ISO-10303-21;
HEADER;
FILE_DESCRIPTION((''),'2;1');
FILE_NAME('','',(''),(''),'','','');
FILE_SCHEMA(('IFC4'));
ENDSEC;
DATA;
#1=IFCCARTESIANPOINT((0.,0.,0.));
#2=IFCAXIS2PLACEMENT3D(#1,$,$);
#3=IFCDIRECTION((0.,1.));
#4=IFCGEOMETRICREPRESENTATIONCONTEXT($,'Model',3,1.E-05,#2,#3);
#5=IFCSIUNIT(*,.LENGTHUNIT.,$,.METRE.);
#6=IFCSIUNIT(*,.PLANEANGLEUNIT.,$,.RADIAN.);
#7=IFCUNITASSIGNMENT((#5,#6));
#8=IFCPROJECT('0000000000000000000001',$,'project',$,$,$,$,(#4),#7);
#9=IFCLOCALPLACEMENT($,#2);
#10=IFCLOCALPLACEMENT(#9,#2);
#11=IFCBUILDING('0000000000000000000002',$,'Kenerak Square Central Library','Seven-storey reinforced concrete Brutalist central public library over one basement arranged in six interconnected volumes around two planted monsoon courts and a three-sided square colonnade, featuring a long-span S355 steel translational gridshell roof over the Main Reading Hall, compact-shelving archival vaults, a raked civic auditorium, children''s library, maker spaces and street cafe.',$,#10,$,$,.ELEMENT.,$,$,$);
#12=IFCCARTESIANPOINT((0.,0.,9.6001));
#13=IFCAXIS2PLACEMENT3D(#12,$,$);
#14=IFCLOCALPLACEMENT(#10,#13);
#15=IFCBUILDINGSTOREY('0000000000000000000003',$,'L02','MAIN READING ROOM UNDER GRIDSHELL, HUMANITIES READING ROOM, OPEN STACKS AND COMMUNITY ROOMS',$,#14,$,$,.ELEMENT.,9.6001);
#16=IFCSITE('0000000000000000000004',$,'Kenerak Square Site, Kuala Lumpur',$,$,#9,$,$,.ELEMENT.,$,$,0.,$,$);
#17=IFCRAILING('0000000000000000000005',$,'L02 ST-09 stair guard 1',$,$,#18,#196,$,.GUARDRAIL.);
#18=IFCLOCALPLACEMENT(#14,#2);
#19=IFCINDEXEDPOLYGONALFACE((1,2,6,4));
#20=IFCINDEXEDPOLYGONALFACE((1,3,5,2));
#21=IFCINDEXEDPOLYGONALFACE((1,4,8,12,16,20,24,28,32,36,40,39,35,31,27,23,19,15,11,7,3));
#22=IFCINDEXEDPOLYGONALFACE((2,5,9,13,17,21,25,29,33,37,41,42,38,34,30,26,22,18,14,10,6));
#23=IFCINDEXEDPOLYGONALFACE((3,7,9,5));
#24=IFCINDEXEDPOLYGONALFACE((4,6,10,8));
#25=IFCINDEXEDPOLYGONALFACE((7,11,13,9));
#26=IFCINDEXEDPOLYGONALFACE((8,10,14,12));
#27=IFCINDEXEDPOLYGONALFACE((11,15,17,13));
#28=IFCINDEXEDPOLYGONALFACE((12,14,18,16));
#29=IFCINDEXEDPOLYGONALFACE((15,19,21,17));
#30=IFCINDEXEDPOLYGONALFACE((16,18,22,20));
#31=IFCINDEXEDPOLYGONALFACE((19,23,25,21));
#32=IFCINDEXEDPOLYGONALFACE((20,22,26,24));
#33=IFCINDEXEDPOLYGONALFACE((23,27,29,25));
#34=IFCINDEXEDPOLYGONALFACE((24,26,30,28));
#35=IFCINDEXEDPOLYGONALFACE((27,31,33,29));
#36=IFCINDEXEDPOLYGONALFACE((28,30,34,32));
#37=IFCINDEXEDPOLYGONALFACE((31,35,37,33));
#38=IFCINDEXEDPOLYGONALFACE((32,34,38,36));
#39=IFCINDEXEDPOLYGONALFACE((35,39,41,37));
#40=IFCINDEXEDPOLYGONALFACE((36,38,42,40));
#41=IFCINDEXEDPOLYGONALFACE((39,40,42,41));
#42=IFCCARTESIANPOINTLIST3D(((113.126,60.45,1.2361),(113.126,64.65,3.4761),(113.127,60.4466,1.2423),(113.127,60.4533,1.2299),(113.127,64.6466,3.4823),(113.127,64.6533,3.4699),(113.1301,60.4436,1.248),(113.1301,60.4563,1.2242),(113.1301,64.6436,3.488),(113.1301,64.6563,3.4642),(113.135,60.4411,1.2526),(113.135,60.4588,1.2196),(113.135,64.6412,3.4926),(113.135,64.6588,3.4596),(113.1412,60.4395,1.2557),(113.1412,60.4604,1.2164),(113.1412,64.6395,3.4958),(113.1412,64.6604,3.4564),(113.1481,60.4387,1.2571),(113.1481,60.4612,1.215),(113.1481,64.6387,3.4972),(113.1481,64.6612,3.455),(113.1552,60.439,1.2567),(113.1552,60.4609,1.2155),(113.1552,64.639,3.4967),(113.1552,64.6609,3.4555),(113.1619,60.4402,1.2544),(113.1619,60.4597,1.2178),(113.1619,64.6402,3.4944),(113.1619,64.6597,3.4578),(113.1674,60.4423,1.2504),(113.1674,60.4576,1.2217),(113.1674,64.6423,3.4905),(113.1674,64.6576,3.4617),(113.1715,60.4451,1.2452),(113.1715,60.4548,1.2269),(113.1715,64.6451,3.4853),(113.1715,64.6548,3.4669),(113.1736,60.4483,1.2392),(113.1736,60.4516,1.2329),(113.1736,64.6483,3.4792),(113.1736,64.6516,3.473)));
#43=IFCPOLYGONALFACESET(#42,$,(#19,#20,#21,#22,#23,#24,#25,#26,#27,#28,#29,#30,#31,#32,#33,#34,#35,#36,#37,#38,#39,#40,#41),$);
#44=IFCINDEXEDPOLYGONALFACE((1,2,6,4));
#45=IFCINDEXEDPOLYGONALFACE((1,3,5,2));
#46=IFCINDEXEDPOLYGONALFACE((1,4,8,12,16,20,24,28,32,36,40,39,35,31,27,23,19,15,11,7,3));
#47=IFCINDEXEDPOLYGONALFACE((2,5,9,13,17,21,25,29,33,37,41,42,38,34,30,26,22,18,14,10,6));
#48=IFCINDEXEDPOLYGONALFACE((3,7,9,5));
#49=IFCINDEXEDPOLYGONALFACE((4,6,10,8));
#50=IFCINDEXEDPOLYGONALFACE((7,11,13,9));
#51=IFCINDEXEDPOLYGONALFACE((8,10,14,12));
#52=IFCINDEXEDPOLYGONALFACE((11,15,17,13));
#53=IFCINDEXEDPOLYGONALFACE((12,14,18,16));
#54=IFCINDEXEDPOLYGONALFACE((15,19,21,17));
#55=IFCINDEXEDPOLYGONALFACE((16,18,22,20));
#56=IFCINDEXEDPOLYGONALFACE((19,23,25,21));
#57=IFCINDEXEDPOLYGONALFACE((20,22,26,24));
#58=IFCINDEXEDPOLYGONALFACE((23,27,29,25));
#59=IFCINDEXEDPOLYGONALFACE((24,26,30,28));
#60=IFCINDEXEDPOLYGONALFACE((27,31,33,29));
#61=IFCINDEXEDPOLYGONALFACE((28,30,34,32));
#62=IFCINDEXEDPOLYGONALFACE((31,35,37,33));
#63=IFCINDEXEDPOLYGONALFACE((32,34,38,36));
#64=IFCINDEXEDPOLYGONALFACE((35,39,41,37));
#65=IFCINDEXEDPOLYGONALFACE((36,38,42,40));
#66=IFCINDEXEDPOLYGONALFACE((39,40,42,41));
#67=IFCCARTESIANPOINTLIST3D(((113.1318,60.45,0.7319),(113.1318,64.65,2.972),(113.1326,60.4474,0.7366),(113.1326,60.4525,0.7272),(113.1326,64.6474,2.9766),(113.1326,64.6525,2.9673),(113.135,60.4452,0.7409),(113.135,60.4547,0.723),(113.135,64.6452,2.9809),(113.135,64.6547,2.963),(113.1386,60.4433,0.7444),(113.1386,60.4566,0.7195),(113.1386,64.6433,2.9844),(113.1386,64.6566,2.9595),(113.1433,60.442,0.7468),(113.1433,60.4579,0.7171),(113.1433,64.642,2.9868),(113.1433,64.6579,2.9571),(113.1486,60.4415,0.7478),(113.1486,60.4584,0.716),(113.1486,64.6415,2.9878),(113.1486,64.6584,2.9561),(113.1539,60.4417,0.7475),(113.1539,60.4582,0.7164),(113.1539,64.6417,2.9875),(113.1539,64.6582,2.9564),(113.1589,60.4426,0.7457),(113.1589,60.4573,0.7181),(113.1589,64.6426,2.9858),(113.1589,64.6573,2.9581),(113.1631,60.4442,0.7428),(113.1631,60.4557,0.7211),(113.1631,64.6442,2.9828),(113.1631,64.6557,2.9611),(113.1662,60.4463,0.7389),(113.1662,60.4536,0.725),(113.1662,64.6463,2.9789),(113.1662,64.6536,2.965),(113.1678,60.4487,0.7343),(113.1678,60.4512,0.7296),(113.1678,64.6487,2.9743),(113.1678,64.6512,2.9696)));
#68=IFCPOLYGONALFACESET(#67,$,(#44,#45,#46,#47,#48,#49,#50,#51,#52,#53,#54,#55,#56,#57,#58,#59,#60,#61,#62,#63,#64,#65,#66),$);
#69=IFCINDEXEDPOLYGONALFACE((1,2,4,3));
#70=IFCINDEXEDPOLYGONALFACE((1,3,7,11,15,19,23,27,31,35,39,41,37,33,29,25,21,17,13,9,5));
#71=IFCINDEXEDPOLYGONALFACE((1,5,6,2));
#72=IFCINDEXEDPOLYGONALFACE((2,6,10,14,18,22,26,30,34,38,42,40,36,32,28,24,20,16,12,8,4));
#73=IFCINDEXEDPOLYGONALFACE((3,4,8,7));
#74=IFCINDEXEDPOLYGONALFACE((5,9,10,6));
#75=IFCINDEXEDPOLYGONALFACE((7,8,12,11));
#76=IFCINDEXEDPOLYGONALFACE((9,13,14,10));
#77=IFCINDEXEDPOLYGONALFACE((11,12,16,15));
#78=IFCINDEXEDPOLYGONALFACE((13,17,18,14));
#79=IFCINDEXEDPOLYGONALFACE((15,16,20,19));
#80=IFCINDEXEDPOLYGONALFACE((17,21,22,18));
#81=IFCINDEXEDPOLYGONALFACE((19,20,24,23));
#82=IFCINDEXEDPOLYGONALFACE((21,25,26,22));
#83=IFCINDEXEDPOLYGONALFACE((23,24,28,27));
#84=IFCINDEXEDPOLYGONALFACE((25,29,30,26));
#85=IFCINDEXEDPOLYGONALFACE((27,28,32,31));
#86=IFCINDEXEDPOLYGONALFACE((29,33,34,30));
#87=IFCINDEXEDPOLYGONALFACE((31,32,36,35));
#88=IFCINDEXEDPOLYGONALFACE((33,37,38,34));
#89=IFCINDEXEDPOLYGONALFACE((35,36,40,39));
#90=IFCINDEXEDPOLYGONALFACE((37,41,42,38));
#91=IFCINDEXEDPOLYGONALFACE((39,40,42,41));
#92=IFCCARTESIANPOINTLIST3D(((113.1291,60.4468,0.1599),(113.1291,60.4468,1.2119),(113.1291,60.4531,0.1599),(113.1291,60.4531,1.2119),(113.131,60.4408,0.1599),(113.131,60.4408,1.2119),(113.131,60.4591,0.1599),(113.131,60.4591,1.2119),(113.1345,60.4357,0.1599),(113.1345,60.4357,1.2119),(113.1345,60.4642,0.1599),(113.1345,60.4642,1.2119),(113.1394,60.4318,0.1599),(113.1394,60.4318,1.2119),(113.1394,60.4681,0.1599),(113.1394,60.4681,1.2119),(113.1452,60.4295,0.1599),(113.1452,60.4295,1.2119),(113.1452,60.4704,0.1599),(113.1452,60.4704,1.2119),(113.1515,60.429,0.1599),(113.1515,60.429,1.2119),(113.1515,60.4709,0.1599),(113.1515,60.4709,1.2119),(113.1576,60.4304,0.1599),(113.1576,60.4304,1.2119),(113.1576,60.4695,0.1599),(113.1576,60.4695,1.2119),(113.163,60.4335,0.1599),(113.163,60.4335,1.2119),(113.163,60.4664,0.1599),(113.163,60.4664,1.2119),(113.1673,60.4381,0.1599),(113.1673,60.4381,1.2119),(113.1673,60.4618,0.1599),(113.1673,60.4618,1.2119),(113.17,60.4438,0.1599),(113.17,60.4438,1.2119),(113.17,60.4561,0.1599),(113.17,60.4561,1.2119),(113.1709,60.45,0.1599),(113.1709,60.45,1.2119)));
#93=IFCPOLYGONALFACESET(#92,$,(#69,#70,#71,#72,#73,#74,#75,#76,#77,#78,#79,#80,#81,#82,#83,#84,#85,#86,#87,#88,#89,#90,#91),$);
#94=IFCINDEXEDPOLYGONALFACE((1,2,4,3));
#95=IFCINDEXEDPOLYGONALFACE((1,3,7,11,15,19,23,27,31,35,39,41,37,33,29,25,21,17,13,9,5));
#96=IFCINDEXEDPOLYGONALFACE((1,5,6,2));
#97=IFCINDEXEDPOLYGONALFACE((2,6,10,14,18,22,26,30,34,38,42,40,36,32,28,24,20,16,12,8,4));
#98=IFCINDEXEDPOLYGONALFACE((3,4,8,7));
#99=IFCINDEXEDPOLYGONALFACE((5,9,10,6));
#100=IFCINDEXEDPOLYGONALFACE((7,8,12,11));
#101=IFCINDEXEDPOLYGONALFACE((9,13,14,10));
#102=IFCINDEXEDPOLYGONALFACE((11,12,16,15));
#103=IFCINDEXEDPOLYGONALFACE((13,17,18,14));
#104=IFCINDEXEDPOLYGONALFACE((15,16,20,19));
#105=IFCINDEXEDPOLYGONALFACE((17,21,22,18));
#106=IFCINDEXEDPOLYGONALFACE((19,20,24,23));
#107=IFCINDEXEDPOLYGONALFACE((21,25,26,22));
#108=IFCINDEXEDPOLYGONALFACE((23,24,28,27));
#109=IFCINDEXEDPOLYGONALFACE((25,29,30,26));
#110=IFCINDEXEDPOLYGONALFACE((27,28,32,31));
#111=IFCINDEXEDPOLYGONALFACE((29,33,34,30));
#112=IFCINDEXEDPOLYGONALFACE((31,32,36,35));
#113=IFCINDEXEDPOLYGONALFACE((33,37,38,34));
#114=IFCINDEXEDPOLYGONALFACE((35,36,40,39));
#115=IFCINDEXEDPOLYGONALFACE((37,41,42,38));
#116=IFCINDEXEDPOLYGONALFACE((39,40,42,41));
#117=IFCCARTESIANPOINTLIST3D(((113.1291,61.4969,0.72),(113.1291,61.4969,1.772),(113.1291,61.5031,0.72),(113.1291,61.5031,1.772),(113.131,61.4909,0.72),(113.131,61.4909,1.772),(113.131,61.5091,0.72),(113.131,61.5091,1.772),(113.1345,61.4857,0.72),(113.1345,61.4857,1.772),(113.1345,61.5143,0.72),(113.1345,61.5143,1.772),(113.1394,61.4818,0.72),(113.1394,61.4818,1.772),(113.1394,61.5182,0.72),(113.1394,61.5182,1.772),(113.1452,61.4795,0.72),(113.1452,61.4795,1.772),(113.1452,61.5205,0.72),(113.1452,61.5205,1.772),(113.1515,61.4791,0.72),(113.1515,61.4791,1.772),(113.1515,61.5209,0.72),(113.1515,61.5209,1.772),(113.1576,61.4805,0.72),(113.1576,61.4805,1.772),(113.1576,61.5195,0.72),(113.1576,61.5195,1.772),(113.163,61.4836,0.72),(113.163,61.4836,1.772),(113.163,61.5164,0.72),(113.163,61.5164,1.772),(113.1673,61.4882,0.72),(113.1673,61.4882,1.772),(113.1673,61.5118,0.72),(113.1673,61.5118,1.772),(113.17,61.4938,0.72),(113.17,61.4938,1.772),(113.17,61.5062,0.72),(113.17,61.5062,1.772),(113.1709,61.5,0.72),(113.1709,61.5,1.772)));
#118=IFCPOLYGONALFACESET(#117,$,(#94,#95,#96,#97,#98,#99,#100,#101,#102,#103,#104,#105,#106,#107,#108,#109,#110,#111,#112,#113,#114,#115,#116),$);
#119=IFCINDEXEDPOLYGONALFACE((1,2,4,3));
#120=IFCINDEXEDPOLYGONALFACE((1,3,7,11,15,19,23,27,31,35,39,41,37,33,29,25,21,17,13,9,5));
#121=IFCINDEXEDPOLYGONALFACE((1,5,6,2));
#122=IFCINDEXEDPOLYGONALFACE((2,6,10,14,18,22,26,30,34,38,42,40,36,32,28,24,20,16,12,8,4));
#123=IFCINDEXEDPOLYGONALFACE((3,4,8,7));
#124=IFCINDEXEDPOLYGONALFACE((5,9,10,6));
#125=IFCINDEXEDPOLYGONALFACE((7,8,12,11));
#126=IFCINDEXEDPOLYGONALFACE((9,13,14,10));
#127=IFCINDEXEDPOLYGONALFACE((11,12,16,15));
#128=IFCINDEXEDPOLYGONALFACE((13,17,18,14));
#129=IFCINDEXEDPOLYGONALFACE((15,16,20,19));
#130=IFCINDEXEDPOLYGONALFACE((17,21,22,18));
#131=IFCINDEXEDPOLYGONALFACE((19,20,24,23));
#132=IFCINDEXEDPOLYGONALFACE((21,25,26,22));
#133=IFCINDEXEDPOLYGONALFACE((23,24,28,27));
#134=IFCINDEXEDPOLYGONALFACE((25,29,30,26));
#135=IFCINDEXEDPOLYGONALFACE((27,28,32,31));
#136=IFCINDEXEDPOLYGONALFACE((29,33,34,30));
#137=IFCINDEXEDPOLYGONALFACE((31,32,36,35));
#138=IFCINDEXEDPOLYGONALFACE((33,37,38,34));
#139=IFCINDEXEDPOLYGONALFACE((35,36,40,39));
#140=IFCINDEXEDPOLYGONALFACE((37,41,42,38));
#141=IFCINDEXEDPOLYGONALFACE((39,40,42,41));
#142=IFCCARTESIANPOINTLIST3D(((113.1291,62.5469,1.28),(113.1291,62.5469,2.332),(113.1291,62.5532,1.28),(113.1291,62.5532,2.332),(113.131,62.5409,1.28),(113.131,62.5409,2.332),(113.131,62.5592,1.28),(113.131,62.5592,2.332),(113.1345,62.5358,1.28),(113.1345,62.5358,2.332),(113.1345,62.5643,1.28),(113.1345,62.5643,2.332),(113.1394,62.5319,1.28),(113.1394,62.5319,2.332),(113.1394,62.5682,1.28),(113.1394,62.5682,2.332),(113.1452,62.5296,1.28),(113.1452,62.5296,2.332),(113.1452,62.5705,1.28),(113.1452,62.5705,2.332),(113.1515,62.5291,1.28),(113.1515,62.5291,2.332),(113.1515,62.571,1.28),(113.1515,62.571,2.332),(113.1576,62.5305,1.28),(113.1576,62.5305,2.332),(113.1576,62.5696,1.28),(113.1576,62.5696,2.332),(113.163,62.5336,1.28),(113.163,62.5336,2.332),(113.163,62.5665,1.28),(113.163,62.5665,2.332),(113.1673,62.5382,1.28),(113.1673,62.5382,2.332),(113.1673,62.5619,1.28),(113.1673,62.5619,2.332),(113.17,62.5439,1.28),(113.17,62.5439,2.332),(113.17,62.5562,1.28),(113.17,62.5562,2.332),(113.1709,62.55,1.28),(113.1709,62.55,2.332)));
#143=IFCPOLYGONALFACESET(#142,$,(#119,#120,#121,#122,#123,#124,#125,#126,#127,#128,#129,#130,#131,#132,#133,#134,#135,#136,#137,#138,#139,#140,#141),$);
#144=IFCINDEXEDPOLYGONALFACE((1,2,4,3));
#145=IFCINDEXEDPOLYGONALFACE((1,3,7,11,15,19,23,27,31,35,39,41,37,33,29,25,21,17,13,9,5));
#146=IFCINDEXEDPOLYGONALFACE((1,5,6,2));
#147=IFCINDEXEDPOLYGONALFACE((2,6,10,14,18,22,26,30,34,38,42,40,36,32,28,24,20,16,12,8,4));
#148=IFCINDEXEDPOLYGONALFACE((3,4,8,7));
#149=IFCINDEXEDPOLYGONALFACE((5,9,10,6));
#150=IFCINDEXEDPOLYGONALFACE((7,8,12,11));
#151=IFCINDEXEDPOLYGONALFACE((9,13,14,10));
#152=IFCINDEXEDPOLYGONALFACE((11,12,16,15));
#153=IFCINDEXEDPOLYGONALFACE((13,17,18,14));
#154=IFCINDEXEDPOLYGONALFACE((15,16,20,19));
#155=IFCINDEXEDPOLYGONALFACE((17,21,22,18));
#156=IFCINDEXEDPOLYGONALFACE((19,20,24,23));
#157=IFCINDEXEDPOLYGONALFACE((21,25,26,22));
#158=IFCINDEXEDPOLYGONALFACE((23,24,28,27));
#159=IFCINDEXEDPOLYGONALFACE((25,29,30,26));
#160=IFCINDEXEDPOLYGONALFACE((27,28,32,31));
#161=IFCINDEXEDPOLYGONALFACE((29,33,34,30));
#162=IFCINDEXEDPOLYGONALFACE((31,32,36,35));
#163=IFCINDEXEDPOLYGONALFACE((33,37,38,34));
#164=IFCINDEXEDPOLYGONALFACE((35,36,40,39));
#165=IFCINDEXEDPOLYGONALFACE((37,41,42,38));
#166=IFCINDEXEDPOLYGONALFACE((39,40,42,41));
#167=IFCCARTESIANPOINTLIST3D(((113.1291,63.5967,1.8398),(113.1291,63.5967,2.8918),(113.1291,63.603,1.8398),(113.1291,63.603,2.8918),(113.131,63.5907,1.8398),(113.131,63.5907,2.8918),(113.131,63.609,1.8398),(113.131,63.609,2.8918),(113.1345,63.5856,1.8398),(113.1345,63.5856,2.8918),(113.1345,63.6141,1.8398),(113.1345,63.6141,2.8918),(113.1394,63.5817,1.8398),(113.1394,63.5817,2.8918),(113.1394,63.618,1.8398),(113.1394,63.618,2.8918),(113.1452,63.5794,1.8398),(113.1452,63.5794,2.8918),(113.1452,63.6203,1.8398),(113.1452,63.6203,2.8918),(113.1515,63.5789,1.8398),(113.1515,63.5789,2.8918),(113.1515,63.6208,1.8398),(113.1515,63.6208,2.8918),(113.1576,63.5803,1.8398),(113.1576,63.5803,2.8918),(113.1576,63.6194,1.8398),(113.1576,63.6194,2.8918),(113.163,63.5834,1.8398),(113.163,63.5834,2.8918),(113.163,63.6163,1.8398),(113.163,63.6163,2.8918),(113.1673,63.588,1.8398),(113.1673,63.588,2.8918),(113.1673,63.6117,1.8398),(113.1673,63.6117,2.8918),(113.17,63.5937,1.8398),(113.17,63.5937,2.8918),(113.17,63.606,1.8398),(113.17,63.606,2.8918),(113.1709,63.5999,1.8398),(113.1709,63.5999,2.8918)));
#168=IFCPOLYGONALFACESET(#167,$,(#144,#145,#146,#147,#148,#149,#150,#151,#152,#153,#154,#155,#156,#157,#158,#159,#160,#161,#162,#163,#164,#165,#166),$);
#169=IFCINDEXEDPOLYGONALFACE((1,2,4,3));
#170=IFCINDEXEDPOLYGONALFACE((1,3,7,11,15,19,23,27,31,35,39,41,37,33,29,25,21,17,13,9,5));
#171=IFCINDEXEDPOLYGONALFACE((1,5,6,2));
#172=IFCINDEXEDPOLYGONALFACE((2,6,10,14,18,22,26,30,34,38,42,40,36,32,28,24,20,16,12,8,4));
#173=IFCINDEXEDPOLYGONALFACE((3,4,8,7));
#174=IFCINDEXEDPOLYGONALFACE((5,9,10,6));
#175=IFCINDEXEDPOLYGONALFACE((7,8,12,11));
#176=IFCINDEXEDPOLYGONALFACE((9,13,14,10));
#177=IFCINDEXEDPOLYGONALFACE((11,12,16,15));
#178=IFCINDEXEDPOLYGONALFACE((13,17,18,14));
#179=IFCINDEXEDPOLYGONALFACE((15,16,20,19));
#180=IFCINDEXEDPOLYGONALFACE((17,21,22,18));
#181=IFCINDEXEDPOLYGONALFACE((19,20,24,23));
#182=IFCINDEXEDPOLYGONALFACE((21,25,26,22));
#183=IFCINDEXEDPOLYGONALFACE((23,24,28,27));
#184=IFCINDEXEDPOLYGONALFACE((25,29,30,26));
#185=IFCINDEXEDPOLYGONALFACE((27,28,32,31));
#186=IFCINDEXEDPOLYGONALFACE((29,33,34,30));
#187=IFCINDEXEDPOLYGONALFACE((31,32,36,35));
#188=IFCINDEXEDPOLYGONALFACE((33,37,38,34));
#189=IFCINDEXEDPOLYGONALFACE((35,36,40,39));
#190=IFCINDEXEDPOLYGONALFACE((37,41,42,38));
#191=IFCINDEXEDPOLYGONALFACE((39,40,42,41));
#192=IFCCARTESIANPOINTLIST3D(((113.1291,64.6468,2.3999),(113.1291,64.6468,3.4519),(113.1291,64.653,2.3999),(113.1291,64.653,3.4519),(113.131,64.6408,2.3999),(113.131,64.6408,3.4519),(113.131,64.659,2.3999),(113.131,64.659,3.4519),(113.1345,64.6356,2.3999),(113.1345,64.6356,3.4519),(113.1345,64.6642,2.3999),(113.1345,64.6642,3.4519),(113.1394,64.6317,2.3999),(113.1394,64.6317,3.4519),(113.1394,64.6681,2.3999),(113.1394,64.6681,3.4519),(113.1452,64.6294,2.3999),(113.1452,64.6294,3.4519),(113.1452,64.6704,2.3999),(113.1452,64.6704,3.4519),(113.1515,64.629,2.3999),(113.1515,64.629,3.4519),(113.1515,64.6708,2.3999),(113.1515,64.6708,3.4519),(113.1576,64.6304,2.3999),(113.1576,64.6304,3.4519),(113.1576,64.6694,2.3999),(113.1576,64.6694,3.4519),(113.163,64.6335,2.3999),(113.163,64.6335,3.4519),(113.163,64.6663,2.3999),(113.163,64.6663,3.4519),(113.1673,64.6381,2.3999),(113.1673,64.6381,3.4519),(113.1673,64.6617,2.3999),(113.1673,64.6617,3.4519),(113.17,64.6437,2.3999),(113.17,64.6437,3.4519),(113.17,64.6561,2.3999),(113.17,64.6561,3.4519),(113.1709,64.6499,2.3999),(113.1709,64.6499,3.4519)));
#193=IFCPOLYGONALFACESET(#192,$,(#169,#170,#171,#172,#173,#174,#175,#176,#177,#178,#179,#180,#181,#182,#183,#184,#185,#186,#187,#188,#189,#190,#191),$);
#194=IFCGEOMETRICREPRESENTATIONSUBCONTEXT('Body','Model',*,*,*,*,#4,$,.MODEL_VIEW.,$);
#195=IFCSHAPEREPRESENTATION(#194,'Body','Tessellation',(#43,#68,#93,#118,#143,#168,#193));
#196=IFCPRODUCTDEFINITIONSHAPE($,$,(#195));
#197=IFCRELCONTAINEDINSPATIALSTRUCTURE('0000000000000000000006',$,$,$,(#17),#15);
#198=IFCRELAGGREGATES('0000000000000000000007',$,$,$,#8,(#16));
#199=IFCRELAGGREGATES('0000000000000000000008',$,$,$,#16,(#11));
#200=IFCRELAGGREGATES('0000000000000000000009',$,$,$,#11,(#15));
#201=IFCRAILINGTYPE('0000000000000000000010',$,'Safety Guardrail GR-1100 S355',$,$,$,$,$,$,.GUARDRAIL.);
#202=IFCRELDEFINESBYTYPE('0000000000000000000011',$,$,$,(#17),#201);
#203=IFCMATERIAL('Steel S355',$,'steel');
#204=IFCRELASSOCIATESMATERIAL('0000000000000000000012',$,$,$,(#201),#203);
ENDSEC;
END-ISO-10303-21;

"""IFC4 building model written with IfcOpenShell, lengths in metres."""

from ifc_helpers import new_model, si_unit, direction, frame, origin, origin_2d, place, context, subcontext, project, spatial, circle, extrude, material, type_object, element, save


model = new_model("IFC4")

# Units and contexts
model_context = context("Model", 3, precision=1e-05, world=origin(), true_north=direction((0.0, 1.0)))
body_context = subcontext(model_context, "Body", "Model", "MODEL_VIEW")
ifc_project = project(units=[si_unit("LENGTHUNIT", "METRE"), si_unit("PLANEANGLEUNIT", "RADIAN")], contexts=[model_context])

# Site, building, storey
site_placement = place(None, origin())
site = spatial("IfcSite", under=ifc_project, at=site_placement, Name="Kenerak Square Site, Kuala Lumpur", CompositionType="ELEMENT", RefElevation=0.0)
building_placement = place(site_placement, origin())
building = spatial("IfcBuilding", under=site, at=building_placement, Name="Kenerak Square Central Library", Description="Seven-storey reinforced concrete Brutalist central public library over one basement arranged in six interconnected volumes around two planted monsoon courts and a three-sided square colonnade, featuring a long-span S355 steel translational gridshell roof over the Main Reading Hall, compact-shelving archival vaults, a raked civic auditorium, children's library, maker spaces and street cafe.", CompositionType="ELEMENT")
storey_placement = place(building_placement, frame((0.0, 0.0, 9.6001)))
storey = spatial("IfcBuildingStorey", under=building, at=storey_placement, Name="L02", Description="MAIN READING ROOM UNDER GRIDSHELL, HUMANITIES READING ROOM, OPEN STACKS AND COMMUNITY ROOMS", CompositionType="ELEMENT", Elevation=9.6001)

# Shared definitions
ifc_material_1 = material(Name="Steel S355", Category="steel")

# Railing
railing_type_1 = type_object("IfcRailingType", Name="Safety Guardrail GR-1100 S355", PredefinedType="GUARDRAIL", material=ifc_material_1)
railing_1_placement = place(storey_placement, frame((113.1499, 60.45, 0.1599)))
element("IfcRailing", 1, at=railing_1_placement, inside=storey, type_object=railing_type_1, Name="L02 ST-09 stair guard 1", PredefinedType="GUARDRAIL", context=body_context, shape_type="SweptSolid", body=[
    extrude(circle(Radius=0.0239, at=origin_2d()), frame((0.0, 0.0, 1.0762), z_axis=(0.0, 0.882352, 0.470591), x_axis=(-1.0, 0.0, 0.0)), (0.0, 0.0, 1.0), 4.76),
    extrude(circle(Radius=0.0181, at=origin_2d()), frame((0.0, 0.0, 0.572), z_axis=(0.0, 0.882352, 0.470591), x_axis=(-1.0, 0.0, 0.0)), (0.0, 0.0, 1.0), 4.76),
    extrude(circle(Radius=0.021, at=origin_2d()), origin(), (0.0, 0.0, 1.0), 1.052),
    extrude(circle(Radius=0.021, at=origin_2d()), frame((0.0, 1.05, 0.5601)), (0.0, 0.0, 1.0), 1.052),
    extrude(circle(Radius=0.021, at=origin_2d()), frame((0.0, 2.1001, 1.1201)), (0.0, 0.0, 1.0), 1.052),
    extrude(circle(Radius=0.021, at=origin_2d()), frame((0.0, 3.1499, 1.6799)), (0.0, 0.0, 1.0), 1.052),
    extrude(circle(Radius=0.021, at=origin_2d()), frame((0.0, 4.2, 2.24)), (0.0, 0.0, 1.0), 1.052),
])

save(model, "model.ifc")
